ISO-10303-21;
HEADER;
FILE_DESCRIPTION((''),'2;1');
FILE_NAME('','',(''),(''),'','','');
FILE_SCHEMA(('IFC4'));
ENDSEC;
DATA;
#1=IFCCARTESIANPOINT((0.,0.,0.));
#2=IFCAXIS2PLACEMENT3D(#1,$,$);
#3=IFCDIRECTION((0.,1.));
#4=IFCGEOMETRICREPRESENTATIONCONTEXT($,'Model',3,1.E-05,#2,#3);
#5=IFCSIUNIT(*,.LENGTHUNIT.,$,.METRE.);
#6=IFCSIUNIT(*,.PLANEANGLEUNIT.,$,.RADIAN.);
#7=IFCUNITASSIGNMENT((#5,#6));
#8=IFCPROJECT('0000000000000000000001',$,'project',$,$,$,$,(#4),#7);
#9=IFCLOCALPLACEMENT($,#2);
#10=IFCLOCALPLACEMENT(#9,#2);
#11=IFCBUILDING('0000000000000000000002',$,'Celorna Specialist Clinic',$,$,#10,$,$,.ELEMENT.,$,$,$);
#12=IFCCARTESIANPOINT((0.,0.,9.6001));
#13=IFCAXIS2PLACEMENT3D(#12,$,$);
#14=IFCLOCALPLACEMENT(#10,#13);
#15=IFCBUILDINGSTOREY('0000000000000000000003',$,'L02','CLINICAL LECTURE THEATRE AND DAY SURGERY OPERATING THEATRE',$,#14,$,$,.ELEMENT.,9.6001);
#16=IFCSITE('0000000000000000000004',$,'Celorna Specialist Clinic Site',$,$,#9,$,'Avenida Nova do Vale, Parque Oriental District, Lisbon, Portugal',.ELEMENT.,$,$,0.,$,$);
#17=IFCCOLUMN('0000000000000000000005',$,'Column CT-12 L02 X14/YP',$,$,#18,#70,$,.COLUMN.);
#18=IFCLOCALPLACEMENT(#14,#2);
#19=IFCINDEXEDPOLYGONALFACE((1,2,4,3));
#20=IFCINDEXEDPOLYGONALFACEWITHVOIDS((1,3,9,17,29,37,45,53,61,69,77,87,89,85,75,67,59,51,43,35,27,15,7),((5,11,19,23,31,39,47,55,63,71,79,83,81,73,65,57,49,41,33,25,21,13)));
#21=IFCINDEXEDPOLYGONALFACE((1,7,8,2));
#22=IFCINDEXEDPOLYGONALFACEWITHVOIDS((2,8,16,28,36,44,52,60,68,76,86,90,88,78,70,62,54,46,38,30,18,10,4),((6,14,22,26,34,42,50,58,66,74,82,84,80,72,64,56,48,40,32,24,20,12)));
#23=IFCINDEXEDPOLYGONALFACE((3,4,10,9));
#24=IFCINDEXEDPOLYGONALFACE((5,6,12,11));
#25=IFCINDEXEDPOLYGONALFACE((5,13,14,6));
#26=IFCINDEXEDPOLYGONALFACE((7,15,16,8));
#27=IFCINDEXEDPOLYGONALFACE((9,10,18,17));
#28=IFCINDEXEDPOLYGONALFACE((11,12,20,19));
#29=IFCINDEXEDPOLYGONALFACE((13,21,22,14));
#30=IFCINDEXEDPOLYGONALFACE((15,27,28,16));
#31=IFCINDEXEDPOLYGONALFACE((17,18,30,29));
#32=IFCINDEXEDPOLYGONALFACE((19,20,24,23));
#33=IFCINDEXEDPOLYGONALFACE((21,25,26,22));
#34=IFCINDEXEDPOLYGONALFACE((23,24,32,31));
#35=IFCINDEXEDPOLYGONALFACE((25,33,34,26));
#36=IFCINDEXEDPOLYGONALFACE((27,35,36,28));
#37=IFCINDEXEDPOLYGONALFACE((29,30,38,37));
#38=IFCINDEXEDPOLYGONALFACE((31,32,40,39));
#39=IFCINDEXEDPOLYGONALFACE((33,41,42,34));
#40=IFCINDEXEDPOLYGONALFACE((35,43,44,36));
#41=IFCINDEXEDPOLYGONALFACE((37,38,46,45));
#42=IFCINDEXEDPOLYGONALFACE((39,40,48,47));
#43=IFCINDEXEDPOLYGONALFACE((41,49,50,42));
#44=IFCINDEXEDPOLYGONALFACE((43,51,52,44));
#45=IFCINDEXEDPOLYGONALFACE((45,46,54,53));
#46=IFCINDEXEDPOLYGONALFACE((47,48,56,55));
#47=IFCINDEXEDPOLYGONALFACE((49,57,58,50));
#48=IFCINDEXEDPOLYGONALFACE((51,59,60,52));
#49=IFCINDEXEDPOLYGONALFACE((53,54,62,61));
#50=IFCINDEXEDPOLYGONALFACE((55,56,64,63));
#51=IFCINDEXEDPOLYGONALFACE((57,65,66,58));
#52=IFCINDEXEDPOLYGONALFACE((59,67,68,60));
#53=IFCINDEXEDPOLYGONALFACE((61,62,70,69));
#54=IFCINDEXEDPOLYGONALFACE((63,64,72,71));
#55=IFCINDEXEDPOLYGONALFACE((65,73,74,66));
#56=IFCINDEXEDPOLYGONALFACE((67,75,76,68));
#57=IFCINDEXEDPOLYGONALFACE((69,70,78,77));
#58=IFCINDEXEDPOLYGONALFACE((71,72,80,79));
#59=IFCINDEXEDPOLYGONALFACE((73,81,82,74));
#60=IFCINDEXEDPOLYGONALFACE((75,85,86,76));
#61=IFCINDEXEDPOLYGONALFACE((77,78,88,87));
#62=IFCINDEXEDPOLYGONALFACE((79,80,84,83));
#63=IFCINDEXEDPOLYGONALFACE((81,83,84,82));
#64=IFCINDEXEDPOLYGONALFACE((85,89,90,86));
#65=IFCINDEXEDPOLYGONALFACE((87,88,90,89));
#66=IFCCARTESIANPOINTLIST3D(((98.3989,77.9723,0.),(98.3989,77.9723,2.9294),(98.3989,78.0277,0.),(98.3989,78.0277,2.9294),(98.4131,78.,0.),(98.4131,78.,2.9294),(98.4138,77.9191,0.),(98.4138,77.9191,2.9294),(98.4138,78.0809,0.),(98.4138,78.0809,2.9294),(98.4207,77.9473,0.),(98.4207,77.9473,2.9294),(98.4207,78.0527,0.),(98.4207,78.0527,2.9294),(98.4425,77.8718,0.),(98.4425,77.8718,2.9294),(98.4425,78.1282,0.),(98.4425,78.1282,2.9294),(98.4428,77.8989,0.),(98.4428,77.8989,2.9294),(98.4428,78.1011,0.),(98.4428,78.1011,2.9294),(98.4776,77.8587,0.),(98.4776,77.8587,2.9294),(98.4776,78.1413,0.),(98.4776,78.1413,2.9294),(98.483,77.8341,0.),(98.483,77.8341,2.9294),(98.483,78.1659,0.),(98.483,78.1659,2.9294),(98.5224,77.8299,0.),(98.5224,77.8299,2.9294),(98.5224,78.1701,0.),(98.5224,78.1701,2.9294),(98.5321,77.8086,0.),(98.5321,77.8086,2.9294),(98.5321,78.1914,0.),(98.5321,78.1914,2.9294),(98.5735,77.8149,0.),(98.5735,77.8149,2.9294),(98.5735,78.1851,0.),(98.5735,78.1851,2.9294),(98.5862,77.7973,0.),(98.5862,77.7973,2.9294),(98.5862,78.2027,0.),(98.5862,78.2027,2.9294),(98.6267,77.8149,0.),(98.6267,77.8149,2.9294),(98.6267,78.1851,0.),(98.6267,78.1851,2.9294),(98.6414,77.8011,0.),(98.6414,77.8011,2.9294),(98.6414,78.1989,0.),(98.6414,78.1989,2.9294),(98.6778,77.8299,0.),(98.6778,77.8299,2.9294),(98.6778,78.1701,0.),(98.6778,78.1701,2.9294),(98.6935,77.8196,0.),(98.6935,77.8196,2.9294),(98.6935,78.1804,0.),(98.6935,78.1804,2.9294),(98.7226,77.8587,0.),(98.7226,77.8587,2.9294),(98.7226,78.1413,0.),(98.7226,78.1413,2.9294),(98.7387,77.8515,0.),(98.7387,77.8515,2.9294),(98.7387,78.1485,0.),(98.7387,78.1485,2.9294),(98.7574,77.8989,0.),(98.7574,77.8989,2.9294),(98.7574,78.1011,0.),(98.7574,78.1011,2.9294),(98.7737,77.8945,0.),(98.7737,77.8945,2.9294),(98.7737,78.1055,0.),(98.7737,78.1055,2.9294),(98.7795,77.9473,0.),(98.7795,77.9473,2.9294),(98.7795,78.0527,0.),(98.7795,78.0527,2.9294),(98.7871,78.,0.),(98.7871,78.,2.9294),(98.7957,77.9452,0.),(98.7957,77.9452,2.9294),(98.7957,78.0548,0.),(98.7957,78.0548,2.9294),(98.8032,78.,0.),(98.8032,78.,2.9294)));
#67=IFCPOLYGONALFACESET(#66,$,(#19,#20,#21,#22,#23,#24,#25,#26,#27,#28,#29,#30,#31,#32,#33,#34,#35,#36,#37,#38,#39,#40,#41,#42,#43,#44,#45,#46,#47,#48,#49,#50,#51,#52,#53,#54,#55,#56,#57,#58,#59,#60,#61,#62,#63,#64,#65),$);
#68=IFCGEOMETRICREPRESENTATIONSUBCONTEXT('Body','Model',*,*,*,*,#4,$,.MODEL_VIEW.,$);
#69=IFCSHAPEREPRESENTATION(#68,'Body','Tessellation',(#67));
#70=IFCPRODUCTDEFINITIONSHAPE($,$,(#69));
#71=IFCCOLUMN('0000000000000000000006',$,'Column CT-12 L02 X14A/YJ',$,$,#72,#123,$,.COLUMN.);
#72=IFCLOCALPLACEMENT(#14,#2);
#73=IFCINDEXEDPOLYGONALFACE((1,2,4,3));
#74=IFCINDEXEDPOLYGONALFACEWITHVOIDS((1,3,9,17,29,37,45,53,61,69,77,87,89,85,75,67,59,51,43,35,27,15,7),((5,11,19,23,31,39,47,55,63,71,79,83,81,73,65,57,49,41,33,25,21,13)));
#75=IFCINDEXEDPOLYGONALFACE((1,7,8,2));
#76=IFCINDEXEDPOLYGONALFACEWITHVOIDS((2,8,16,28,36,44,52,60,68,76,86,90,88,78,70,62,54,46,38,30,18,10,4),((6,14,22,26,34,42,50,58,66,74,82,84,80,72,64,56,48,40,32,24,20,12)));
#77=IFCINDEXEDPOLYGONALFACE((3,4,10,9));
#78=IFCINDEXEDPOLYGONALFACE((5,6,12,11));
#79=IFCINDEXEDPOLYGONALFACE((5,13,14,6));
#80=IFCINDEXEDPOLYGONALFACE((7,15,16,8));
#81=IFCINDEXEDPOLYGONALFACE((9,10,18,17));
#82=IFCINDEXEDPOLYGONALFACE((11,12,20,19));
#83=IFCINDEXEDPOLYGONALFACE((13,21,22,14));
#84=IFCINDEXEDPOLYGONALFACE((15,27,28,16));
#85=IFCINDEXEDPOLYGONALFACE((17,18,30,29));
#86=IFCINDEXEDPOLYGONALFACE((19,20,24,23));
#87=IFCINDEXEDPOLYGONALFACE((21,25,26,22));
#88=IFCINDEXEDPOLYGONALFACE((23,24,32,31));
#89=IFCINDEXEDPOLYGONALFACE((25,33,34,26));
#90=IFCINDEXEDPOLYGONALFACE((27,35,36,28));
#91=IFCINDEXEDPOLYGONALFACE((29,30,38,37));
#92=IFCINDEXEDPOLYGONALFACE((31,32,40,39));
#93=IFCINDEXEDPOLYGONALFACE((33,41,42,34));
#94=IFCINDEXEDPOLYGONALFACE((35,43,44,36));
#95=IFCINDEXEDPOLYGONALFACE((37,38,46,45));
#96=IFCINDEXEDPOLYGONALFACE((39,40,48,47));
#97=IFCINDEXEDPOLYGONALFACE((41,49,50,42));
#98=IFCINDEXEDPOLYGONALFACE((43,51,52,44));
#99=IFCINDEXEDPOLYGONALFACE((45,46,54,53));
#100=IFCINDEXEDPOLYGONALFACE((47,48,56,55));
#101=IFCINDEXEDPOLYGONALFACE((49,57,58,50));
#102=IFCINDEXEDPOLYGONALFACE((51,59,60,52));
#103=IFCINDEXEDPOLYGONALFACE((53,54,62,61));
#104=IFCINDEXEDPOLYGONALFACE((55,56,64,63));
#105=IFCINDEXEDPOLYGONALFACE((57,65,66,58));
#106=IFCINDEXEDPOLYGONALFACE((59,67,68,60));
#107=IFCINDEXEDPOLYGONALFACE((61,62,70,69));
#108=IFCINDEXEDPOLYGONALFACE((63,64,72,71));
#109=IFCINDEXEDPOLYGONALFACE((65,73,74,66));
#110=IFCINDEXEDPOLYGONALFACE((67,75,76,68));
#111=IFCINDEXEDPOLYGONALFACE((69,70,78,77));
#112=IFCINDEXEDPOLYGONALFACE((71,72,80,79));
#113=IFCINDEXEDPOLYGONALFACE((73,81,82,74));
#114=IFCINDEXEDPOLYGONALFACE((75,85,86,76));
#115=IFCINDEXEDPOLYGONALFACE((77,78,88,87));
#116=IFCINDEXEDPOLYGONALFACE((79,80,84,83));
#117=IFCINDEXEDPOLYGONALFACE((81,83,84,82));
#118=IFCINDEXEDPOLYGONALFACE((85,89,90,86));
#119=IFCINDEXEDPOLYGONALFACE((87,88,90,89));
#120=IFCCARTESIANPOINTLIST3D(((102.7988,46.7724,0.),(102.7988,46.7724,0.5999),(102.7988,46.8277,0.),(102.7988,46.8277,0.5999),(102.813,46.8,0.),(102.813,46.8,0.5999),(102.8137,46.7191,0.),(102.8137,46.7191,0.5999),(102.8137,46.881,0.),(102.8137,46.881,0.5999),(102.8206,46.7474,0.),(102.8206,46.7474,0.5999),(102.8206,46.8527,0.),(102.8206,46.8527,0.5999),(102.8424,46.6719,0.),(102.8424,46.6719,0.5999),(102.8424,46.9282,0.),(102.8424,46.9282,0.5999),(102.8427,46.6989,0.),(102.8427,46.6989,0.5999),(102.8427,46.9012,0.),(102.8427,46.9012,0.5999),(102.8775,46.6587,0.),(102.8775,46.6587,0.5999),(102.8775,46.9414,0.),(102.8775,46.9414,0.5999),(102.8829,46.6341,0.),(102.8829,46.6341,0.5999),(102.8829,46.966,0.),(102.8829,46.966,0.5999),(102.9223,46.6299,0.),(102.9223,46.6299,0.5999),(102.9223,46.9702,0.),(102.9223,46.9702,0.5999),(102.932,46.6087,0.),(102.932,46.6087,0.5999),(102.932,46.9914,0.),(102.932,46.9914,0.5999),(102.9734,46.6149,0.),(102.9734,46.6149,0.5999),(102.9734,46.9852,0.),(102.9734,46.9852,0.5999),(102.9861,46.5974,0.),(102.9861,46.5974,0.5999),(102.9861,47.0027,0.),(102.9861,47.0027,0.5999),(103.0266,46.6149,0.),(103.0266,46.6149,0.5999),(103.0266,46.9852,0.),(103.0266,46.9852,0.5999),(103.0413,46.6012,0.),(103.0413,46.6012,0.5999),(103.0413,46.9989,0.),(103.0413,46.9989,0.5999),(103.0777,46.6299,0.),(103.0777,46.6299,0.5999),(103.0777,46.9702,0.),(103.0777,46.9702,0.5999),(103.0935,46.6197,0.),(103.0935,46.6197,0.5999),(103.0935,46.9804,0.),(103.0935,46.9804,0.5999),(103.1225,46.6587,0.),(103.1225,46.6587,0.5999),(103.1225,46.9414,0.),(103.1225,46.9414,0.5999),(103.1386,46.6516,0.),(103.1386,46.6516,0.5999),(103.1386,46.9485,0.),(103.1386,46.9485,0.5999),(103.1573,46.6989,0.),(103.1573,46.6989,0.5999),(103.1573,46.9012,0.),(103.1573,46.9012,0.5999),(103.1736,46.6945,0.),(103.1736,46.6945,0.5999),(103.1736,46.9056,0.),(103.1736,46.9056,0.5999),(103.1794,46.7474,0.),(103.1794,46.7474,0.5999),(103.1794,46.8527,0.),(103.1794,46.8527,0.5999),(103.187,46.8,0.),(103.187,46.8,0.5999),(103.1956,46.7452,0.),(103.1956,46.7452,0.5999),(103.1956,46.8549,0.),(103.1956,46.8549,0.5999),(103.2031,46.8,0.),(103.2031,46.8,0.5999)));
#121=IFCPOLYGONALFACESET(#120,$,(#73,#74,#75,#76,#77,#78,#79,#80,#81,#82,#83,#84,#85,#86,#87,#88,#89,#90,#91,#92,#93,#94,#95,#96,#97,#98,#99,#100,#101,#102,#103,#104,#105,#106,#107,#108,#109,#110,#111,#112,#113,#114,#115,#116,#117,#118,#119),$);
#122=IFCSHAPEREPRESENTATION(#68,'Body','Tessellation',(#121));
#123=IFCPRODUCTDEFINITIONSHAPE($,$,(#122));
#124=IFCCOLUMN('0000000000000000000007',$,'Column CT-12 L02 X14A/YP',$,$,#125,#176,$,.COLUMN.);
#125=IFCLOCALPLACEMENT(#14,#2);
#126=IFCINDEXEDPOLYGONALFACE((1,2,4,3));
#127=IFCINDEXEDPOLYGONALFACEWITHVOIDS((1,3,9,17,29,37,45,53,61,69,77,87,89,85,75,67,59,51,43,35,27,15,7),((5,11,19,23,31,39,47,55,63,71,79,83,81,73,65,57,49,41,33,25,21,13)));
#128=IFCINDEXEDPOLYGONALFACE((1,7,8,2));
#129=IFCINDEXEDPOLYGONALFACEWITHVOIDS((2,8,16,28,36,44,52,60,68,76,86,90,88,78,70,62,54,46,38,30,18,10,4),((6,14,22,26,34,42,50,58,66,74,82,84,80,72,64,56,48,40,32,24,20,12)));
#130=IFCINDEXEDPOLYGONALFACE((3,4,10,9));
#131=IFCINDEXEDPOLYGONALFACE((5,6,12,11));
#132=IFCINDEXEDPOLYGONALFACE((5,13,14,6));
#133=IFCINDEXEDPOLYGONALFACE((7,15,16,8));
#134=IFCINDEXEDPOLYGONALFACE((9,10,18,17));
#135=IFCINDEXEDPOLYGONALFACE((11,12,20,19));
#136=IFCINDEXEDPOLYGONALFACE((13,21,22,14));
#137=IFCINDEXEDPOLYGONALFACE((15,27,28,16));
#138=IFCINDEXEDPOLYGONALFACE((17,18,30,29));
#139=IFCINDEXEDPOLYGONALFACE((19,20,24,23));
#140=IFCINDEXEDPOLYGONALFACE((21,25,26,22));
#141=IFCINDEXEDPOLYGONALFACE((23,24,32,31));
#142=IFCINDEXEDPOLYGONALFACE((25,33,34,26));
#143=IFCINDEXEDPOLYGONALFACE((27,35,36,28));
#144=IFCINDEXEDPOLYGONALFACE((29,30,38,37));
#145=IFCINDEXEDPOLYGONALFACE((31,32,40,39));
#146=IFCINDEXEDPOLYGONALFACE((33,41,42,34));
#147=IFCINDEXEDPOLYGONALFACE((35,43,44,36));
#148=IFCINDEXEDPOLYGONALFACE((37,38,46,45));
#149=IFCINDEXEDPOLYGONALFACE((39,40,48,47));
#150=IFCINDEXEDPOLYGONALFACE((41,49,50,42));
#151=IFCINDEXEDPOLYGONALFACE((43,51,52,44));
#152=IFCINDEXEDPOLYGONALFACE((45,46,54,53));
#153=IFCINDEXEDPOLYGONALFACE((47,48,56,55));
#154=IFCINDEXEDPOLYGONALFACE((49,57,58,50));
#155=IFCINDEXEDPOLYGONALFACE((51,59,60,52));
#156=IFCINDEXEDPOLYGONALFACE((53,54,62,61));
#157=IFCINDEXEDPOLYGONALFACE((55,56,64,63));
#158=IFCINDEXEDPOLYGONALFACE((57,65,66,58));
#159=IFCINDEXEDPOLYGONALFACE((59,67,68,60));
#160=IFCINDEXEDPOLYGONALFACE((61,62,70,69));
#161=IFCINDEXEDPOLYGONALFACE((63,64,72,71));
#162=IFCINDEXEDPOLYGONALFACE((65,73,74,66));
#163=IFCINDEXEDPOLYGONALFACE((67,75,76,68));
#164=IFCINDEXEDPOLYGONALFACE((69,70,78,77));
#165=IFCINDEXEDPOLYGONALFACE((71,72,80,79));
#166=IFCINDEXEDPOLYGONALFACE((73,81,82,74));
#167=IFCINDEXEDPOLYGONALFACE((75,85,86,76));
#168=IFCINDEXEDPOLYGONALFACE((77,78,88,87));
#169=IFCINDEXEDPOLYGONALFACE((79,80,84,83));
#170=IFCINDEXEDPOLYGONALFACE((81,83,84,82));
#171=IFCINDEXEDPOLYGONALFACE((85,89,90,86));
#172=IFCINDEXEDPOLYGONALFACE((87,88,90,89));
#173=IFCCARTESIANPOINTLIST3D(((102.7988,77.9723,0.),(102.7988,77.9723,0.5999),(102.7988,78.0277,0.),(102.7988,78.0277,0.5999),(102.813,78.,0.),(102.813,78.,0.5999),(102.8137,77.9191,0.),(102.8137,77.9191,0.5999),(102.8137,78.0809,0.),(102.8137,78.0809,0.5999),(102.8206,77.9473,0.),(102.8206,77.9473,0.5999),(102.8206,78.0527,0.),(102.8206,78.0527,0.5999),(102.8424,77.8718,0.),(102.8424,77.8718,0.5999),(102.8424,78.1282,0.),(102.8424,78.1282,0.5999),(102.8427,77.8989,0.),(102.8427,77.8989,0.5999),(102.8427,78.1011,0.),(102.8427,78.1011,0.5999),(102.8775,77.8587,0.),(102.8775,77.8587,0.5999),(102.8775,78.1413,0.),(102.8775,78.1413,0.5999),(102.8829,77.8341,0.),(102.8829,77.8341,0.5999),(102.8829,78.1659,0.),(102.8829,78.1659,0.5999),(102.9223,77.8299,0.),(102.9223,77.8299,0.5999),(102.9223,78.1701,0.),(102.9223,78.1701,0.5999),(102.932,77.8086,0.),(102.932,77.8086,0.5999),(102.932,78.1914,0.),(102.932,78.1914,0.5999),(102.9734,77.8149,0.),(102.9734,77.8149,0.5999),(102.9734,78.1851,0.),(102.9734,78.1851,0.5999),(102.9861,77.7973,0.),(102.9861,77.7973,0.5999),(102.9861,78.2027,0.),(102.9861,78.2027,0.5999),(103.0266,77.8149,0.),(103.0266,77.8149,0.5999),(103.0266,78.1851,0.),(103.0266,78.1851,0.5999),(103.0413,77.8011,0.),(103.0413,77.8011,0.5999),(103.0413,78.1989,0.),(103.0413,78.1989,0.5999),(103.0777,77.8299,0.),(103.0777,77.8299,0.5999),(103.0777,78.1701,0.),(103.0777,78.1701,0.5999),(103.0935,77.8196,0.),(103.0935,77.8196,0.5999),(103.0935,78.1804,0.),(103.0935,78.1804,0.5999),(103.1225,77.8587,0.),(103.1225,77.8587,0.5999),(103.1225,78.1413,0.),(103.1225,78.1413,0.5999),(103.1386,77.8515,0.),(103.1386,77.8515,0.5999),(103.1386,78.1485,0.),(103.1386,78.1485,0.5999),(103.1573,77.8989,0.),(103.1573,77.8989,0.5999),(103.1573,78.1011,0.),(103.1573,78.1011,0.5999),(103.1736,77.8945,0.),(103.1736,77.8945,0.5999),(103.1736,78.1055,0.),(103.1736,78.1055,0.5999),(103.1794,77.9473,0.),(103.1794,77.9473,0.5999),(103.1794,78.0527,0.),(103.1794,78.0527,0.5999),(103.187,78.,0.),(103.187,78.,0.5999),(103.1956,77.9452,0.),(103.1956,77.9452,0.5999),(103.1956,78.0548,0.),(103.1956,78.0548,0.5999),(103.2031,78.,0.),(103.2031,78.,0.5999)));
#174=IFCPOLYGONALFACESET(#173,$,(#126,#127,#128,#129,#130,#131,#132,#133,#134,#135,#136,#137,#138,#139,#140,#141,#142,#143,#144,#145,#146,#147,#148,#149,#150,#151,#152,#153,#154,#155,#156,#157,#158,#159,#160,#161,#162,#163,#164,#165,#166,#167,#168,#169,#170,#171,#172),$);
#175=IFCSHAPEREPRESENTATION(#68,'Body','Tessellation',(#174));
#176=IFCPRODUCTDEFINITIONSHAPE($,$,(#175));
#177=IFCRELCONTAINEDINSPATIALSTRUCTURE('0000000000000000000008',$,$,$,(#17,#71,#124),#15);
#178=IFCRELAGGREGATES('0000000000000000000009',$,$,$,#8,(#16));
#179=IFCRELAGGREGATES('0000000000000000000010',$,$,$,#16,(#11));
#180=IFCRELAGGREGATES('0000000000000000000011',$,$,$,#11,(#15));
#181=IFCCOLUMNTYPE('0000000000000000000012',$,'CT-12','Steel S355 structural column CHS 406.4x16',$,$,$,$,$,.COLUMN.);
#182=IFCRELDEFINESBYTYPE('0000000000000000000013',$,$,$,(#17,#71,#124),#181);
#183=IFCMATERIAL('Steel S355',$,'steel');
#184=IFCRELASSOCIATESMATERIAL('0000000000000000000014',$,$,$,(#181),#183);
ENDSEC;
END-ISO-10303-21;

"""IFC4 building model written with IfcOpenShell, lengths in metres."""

from ifc_helpers import new_model, si_unit, direction, frame, origin, origin_2d, place, context, subcontext, project, spatial, hollow_circle, extrude, material, material_profile, profile_set, type_object, element, save


model = new_model("IFC4")

# Units and contexts
model_context = context("Model", 3, precision=1e-05, world=origin(), true_north=direction((0.0, 1.0)))
body_context = subcontext(model_context, "Body", "Model", "MODEL_VIEW")
ifc_project = project(units=[si_unit("LENGTHUNIT", "METRE"), si_unit("PLANEANGLEUNIT", "RADIAN")], contexts=[model_context])

# Site, building, storey
site_placement = place(None, origin())
site = spatial("IfcSite", under=ifc_project, at=site_placement, Name="Celorna Specialist Clinic Site", LongName="Avenida Nova do Vale, Parque Oriental District, Lisbon, Portugal", CompositionType="ELEMENT", RefElevation=0.0)
building_placement = place(site_placement, origin())
building = spatial("IfcBuilding", under=site, at=building_placement, Name="Celorna Specialist Clinic", CompositionType="ELEMENT")
storey_placement = place(building_placement, frame((0.0, 0.0, 9.6001)))
storey = spatial("IfcBuildingStorey", under=building, at=storey_placement, Name="L02", Description="CLINICAL LECTURE THEATRE AND DAY SURGERY OPERATING THEATRE", CompositionType="ELEMENT", Elevation=9.6001)

# Columns
ifc_material_1 = material(Name="Steel S355", Category="steel")
ifc_material_profile_1 = material_profile(ifc_material_1, hollow_circle(Radius=0.2031, WallThickness=0.0161, at=origin_2d()), Name="CHS 406.4x16")
ifc_profile_set_1 = profile_set([ifc_material_profile_1], Name="Steel S355")
column_type_1 = type_object("IfcColumnType", Name="CT-12", Description="Steel S355 structural column CHS 406.4x16", PredefinedType="COLUMN", material=ifc_profile_set_1)
column_1_placement = place(storey_placement, frame((98.6001, 78.0, 0.0), z_axis=(0.0, 0.0, 1.0), x_axis=(1.0, 0.0, 0.0)))
element("IfcColumn", 1, at=column_1_placement, inside=storey, type_object=column_type_1, Name="Column CT-12 L02 X14/YP", PredefinedType="COLUMN", context=body_context, shape_type="SweptSolid", body=[
    extrude(hollow_circle(Radius=0.2031, WallThickness=0.0161, at=origin_2d()), origin(), (0.0, 0.0, 1.0), 2.9294),
])
for number, where, z_axis, x_axis, name in (
    (2, (103.0, 46.8, 0.0), (0.0, 0.0, 1.0), (1.0, 0.0, 0.0), "Column CT-12 L02 X14A/YJ"),
    (3, (103.0, 78.0, 0.0), (0.0, 0.0, 1.0), (1.0, 0.0, 0.0), "Column CT-12 L02 X14A/YP"),
):
    element("IfcColumn", number, at=place(storey_placement, frame(where, z_axis=z_axis, x_axis=x_axis)), inside=storey, type_object=column_type_1, Name=name, PredefinedType="COLUMN", context=body_context, shape_type="SweptSolid", body=[
        extrude(hollow_circle(Radius=0.2031, WallThickness=0.0161, at=origin_2d()), origin(), (0.0, 0.0, 1.0), 0.5999),
    ])

save(model, "model.ifc")
